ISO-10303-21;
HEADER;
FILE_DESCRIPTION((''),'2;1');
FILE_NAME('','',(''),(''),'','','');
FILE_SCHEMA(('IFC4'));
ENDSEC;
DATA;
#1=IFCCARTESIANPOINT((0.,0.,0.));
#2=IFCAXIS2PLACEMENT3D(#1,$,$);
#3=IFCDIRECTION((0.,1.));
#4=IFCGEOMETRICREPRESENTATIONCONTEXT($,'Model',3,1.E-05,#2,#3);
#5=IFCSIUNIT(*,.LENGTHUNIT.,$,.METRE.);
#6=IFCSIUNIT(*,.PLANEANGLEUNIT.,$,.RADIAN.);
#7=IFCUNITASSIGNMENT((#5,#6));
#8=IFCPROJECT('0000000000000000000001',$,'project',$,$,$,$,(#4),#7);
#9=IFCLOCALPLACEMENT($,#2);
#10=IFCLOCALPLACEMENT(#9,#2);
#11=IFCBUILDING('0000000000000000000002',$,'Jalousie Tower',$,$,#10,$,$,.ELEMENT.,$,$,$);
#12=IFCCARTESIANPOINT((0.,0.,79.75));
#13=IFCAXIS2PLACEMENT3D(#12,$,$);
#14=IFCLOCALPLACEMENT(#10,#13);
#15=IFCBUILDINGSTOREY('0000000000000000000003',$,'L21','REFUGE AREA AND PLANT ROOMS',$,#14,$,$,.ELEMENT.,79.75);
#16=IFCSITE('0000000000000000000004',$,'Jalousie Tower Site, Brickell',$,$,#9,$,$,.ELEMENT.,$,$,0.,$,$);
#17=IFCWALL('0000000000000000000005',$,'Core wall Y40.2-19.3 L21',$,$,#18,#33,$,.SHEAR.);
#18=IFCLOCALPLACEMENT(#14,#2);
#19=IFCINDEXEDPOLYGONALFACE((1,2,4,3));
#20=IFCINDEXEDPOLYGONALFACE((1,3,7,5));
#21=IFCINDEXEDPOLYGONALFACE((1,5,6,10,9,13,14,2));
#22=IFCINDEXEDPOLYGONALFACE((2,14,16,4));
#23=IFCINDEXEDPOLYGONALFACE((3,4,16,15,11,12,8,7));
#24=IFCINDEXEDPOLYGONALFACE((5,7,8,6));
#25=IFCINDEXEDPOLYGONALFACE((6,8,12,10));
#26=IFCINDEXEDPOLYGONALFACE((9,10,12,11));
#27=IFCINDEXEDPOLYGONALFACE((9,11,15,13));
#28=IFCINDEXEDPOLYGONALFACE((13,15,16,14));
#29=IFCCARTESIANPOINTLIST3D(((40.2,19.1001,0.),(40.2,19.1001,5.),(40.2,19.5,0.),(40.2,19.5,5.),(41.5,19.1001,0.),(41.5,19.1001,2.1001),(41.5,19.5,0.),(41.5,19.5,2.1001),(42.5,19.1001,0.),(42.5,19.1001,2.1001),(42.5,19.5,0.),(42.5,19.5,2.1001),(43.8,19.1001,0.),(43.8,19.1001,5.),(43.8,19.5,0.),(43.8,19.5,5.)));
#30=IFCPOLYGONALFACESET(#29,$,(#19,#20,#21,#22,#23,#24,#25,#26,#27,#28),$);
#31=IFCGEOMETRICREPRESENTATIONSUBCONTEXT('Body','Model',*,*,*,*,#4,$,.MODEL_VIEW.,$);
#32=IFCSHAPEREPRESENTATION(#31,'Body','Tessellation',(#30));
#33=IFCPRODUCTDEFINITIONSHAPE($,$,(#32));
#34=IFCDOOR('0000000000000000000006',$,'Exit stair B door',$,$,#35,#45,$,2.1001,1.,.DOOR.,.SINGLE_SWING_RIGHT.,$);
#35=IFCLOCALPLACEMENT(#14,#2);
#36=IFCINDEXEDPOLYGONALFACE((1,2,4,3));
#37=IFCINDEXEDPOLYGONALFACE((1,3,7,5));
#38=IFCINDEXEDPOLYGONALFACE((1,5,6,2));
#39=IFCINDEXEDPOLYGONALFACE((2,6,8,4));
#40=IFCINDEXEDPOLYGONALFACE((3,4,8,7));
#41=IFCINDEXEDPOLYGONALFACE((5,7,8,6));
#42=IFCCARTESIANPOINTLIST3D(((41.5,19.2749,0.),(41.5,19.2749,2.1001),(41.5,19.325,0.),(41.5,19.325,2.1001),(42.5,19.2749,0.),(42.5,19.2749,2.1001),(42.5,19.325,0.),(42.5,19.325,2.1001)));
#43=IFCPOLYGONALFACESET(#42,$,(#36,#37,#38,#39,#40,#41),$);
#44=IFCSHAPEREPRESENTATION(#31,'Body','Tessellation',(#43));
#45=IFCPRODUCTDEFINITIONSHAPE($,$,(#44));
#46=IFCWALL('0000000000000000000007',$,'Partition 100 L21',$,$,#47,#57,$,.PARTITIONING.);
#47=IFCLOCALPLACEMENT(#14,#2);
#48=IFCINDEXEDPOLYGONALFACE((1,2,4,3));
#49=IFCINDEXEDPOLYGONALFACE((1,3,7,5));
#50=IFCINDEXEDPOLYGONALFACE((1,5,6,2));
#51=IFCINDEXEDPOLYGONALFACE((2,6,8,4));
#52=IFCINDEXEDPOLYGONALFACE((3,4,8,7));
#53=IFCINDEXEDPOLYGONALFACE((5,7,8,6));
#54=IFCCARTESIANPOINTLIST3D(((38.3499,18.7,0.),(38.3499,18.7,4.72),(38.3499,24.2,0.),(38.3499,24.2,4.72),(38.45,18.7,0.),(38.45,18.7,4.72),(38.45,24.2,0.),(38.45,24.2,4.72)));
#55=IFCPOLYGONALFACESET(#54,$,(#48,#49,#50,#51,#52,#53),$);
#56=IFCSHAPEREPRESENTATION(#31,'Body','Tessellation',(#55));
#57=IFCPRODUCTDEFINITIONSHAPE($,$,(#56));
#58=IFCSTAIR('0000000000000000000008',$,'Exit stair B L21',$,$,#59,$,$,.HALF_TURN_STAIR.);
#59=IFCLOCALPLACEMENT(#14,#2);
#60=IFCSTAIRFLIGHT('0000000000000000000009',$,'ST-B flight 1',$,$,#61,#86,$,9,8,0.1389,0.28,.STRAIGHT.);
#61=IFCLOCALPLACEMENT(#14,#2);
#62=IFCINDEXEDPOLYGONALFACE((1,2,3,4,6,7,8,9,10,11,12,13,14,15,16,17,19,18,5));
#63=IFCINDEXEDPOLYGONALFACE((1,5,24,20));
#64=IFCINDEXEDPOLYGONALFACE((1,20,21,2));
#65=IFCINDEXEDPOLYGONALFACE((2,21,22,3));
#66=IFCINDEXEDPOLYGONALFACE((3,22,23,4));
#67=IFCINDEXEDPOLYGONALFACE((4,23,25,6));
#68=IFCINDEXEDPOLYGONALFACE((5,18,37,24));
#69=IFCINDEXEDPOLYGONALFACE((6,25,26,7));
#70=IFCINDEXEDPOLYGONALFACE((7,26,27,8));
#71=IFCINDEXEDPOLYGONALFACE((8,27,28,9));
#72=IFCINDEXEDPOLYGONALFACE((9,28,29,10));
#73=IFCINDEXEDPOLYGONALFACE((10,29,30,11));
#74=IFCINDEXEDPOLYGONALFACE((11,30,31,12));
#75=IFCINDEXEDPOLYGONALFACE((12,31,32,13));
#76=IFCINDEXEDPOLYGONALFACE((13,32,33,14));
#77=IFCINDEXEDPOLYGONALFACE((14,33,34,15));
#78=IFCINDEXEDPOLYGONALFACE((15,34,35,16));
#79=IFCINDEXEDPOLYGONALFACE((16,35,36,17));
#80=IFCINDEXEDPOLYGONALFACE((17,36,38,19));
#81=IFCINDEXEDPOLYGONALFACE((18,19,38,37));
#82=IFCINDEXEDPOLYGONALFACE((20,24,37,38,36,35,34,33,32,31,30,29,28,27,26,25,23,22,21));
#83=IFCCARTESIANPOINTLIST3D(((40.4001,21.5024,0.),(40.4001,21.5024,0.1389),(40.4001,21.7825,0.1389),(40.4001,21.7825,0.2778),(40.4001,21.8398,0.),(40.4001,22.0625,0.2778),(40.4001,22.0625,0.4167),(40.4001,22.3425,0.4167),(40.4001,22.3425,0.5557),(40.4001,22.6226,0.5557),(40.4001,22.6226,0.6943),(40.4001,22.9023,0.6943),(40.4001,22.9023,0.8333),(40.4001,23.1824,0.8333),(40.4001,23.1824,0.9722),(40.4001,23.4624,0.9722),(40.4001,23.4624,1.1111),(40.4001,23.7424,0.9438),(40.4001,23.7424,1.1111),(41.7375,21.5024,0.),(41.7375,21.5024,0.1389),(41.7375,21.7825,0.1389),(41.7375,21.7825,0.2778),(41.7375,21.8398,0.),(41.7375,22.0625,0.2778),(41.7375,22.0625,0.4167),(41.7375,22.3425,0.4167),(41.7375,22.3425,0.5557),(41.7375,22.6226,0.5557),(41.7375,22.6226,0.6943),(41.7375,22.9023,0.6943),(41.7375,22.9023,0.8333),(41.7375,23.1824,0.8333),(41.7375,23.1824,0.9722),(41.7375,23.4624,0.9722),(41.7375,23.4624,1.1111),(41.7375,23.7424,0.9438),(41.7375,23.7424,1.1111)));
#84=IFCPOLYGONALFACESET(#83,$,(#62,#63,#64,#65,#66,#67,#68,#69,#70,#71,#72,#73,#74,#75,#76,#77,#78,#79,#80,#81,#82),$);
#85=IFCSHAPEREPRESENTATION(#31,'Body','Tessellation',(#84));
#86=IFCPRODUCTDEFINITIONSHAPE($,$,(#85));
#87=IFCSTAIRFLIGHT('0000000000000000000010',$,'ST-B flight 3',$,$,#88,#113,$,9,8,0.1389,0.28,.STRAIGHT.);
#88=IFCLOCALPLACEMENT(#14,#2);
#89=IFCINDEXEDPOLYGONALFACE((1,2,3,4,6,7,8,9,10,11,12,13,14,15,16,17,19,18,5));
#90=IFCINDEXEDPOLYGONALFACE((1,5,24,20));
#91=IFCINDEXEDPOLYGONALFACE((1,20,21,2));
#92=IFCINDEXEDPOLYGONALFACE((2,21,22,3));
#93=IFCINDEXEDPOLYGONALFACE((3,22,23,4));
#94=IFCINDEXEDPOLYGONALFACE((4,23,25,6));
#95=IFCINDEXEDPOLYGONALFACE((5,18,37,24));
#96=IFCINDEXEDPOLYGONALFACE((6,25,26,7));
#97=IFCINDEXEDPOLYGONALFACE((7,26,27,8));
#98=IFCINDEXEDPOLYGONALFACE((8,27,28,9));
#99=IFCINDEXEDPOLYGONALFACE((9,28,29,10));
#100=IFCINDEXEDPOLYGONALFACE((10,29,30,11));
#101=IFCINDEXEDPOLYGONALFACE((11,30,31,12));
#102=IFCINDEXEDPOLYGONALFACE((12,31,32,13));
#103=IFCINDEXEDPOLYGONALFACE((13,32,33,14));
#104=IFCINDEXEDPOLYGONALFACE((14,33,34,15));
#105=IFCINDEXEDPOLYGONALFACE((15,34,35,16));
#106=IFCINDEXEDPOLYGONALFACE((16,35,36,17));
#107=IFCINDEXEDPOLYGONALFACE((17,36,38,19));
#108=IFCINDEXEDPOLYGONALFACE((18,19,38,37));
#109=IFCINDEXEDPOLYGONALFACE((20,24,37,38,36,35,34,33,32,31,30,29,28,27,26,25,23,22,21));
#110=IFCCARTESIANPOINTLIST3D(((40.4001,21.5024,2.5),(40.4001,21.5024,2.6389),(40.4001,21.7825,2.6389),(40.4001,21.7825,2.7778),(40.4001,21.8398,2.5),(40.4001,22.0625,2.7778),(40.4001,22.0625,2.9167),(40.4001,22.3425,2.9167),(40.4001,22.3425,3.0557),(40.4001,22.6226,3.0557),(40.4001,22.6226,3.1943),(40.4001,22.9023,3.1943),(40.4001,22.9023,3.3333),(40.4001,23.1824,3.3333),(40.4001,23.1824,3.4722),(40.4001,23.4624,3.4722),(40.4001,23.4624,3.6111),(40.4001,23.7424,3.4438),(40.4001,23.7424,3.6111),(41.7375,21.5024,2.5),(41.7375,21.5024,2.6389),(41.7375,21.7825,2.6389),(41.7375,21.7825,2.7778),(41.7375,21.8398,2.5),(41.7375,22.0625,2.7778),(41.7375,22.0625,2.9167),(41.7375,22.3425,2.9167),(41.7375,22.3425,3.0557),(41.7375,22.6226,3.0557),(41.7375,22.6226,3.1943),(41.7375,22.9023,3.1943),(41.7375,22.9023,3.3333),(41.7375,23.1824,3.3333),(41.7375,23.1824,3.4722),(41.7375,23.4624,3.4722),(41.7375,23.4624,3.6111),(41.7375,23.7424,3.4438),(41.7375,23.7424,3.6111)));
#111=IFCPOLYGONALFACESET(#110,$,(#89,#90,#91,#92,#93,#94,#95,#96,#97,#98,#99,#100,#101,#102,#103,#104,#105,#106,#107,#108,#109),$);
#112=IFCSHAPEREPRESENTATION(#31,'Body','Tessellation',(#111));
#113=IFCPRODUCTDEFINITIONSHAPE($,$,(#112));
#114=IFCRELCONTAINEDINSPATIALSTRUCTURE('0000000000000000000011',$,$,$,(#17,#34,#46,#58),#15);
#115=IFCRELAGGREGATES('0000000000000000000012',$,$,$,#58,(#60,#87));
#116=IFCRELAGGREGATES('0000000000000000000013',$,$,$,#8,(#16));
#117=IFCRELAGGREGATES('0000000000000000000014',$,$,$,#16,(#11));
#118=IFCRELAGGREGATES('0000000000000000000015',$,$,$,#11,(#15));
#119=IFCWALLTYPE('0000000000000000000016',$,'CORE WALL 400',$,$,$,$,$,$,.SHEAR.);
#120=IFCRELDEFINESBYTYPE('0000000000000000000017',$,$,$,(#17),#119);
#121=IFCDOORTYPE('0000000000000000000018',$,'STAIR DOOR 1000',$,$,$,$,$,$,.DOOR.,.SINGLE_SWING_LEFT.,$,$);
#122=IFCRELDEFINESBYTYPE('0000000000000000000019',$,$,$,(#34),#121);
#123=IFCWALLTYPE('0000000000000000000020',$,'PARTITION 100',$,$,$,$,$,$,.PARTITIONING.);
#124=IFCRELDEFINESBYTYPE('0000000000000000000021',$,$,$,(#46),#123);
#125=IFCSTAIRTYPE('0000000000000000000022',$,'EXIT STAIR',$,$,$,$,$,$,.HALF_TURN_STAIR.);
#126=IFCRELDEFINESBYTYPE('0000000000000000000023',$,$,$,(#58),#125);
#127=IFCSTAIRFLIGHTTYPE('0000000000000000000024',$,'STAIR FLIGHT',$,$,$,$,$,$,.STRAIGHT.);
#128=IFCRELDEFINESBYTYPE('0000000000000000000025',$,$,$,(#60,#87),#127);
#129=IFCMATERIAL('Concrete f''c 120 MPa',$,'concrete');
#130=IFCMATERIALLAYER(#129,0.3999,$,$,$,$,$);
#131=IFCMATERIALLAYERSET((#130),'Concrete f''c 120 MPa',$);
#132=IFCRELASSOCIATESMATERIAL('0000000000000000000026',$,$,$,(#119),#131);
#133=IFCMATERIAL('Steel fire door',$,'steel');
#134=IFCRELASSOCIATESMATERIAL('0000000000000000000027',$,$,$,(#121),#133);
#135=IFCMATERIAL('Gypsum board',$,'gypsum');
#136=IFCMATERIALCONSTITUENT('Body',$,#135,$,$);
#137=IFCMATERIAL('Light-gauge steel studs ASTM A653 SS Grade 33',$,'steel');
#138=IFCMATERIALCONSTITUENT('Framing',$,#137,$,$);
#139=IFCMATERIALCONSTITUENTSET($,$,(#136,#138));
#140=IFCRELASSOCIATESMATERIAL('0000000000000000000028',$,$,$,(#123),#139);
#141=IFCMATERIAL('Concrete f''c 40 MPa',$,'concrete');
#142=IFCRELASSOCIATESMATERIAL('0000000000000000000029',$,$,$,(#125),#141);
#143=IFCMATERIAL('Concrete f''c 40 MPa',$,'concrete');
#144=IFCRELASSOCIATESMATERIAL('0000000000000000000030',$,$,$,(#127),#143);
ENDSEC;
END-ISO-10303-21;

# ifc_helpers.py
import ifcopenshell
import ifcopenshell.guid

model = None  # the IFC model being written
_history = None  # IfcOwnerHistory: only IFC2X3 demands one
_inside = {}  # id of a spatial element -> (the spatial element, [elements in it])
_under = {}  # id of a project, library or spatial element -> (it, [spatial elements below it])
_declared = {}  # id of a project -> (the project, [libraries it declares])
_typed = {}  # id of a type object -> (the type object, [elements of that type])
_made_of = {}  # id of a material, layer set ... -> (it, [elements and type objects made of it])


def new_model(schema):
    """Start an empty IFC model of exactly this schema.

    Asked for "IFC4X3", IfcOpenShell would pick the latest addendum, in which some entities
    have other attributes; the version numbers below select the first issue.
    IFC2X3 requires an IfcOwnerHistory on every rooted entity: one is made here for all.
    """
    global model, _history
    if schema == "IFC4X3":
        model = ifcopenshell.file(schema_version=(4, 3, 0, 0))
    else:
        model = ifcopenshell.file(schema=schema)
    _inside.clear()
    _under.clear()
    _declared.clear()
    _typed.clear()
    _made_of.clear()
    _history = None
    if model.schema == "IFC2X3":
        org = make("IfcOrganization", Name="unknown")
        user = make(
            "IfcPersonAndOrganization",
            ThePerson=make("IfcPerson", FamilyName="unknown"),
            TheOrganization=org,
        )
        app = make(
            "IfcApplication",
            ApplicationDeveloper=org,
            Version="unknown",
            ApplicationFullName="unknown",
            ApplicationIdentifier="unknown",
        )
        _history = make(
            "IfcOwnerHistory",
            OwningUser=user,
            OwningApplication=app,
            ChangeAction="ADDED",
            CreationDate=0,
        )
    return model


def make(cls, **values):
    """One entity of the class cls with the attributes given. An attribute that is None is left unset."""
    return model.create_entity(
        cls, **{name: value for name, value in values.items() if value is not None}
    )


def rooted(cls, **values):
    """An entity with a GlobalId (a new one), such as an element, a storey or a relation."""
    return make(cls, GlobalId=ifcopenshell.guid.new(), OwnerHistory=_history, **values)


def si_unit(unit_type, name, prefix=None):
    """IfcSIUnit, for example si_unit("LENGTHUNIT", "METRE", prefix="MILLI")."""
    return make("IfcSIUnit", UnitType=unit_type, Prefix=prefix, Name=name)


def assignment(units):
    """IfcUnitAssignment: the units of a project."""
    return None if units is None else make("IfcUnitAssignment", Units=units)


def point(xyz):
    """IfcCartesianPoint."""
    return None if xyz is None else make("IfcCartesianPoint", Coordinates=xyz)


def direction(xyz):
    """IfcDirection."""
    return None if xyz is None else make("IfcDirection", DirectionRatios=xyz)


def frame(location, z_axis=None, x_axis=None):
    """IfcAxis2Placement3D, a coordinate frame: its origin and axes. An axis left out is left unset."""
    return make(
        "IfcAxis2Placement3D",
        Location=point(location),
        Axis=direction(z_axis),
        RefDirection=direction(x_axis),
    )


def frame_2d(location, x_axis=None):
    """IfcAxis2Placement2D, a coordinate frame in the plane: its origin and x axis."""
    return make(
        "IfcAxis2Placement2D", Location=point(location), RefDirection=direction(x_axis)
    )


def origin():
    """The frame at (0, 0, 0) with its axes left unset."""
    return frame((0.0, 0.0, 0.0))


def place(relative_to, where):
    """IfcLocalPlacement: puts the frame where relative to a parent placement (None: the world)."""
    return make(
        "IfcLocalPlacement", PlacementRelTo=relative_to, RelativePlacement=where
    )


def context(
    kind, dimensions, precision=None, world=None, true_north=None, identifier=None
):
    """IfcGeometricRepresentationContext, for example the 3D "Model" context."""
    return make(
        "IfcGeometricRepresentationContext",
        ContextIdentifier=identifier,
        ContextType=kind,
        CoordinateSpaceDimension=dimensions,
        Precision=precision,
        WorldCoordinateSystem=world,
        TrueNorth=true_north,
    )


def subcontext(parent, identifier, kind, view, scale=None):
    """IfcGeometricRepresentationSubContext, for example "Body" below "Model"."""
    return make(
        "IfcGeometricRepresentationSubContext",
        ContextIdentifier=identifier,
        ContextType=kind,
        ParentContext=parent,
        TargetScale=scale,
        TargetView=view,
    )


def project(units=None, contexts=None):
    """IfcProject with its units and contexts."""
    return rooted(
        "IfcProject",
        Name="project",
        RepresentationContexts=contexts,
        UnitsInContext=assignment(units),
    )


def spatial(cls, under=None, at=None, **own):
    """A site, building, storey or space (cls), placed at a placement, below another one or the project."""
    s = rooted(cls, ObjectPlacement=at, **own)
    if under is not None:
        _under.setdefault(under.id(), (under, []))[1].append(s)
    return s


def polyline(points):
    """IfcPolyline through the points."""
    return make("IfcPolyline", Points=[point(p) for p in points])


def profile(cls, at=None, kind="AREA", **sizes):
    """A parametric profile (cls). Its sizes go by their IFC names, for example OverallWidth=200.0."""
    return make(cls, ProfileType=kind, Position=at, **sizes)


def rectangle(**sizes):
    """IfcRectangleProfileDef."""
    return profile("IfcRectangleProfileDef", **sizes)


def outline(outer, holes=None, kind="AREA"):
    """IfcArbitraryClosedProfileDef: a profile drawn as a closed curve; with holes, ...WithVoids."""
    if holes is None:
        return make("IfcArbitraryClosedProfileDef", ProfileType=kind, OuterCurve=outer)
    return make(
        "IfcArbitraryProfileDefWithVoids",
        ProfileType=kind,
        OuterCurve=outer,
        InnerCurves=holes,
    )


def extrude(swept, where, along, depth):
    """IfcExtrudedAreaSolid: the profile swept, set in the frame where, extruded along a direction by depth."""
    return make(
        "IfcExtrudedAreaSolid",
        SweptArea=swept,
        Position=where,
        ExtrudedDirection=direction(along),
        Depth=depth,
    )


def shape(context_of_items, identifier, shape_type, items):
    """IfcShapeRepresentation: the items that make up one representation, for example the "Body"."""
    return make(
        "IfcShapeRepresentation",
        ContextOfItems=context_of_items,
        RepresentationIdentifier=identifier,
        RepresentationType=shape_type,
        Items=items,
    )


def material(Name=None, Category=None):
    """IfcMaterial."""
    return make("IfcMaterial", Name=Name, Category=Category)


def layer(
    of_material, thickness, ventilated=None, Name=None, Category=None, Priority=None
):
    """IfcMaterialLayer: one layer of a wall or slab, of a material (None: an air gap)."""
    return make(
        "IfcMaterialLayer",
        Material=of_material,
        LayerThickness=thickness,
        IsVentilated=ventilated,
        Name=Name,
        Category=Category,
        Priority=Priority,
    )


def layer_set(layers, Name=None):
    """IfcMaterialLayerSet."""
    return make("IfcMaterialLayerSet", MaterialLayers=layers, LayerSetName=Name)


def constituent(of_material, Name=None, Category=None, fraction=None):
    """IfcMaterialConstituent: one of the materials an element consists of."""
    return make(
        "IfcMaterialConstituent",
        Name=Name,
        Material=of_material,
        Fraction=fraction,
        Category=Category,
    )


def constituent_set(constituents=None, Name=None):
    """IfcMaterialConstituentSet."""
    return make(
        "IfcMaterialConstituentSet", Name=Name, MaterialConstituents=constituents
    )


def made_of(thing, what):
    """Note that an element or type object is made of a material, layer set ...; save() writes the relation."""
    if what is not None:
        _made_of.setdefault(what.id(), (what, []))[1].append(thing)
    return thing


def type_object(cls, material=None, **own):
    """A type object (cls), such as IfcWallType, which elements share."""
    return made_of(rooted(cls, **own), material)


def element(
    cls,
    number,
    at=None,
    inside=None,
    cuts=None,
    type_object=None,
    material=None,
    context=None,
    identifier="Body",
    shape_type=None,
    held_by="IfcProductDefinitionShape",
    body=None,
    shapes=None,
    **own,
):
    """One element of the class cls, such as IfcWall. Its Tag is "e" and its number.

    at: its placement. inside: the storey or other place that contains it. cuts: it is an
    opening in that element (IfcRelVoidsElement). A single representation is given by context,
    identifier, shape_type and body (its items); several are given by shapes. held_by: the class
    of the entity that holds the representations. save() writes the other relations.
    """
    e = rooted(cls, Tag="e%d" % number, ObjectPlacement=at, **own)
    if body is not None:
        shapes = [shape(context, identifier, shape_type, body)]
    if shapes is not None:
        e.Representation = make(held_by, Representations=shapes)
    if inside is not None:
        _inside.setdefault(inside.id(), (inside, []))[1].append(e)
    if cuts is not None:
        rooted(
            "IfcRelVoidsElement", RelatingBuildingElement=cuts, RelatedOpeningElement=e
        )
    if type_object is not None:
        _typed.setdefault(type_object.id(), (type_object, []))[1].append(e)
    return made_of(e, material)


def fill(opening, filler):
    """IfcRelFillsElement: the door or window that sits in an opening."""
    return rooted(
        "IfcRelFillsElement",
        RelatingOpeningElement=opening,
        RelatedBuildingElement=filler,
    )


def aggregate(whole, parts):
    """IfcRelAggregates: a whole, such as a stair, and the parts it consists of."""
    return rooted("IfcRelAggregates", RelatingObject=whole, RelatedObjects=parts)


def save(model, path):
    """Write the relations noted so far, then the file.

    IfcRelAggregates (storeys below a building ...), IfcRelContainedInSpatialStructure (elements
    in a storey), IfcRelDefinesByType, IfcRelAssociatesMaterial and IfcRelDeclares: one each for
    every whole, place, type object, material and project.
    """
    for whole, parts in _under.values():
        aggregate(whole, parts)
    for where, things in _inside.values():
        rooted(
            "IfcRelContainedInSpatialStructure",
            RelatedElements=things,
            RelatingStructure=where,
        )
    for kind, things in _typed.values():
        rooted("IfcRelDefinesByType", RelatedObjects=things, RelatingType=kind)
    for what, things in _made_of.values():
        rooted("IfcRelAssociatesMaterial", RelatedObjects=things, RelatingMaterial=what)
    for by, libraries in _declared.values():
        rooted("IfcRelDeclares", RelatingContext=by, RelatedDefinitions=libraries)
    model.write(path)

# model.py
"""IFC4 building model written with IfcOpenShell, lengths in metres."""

from ifc_helpers import new_model, si_unit, direction, frame, frame_2d, origin, place, context, subcontext, project, spatial, polyline, rectangle, outline, extrude, material, layer, layer_set, constituent, constituent_set, type_object, element, fill, aggregate, save


model = new_model("IFC4")

# Units and contexts
model_context = context("Model", 3, precision=1e-05, world=origin(), true_north=direction((0.0, 1.0)))
body_context = subcontext(model_context, "Body", "Model", "MODEL_VIEW")
ifc_project = project(units=[si_unit("LENGTHUNIT", "METRE"), si_unit("PLANEANGLEUNIT", "RADIAN")], contexts=[model_context])

# Site, building, storey
site_placement = place(None, origin())
site = spatial("IfcSite", under=ifc_project, at=site_placement, Name="Jalousie Tower Site, Brickell", CompositionType="ELEMENT", RefElevation=0.0)
building_placement = place(site_placement, origin())
building = spatial("IfcBuilding", under=site, at=building_placement, Name="Jalousie Tower", CompositionType="ELEMENT")
storey_placement = place(building_placement, frame((0.0, 0.0, 79.75)))
storey = spatial("IfcBuildingStorey", under=building, at=storey_placement, Name="L21", Description="REFUGE AREA AND PLANT ROOMS", CompositionType="ELEMENT", Elevation=79.75)

# Shared definitions
ifc_material_1 = material(Name="Concrete f'c 120 MPa", Category="concrete")
ifc_layer = layer(ifc_material_1, 0.3999)
ifc_layer_set = layer_set([ifc_layer], Name="Concrete f'c 120 MPa")
wall_type_1 = type_object("IfcWallType", Name="CORE WALL 400", PredefinedType="SHEAR", material=ifc_layer_set)

# Wall, opening, door
wall_1_placement = place(storey_placement, frame((40.2, 19.3, 0.0), z_axis=(0.0, 0.0, 1.0), x_axis=(1.0, 0.0, 0.0)))
wall_1 = element("IfcWall", 1, at=wall_1_placement, inside=storey, type_object=wall_type_1, Name="Core wall Y40.2-19.3 L21", PredefinedType="SHEAR", context=body_context, shape_type="SweptSolid", body=[
    extrude(rectangle(XDim=3.6001, YDim=0.3999, at=frame_2d((1.8, 0.0))), origin(), (0.0, 0.0, 1.0), 5.0),
])
opening_1_placement = place(wall_1_placement, frame((1.3, 0.0, 0.0)))
opening_1 = element("IfcOpeningElement", 2, at=opening_1_placement, cuts=wall_1, PredefinedType="OPENING", context=body_context, shape_type="SweptSolid", body=[
    extrude(rectangle(XDim=1.0, YDim=2.1001, at=frame_2d((0.5, 1.05))), frame((0.0, 0.21, 0.0), z_axis=(0.0, -1.0, 0.0), x_axis=(1.0, 0.0, 0.0)), (0.0, 0.0, 1.0), 0.4199),
])
ifc_material_2 = material(Name="Steel fire door", Category="steel")
door_type_1 = type_object("IfcDoorType", Name="STAIR DOOR 1000", OperationType="SINGLE_SWING_LEFT", PredefinedType="DOOR", material=ifc_material_2)
door_1_placement = place(opening_1_placement, origin())
door_1 = element("IfcDoor", 3, at=door_1_placement, inside=storey, type_object=door_type_1, Name="Exit stair B door", OperationType="SINGLE_SWING_RIGHT", OverallHeight=2.1001, OverallWidth=1.0, PredefinedType="DOOR", context=body_context, shape_type="SweptSolid", body=[
    extrude(rectangle(XDim=1.0, YDim=2.1001, at=frame_2d((0.5, 1.05))), frame((0.0, 0.0249, 0.0), z_axis=(0.0, -1.0, 0.0), x_axis=(1.0, 0.0, 0.0)), (0.0, 0.0, 1.0), 0.05),
])
fill(opening_1, door_1)

# Wall
ifc_material_3 = material(Name="Gypsum board", Category="gypsum")
ifc_constituent_1 = constituent(ifc_material_3, Name="Body")
ifc_material_4 = material(Name="Light-gauge steel studs ASTM A653 SS Grade 33", Category="steel")
ifc_constituent_2 = constituent(ifc_material_4, Name="Framing")
ifc_constituent_set_1 = constituent_set(constituents=[ifc_constituent_1, ifc_constituent_2])
wall_type_2 = type_object("IfcWallType", Name="PARTITION 100", PredefinedType="PARTITIONING", material=ifc_constituent_set_1)
wall_2_placement = place(storey_placement, frame((38.3999, 18.7, 0.0), z_axis=(0.0, 0.0, 1.0), x_axis=(0.0, 1.0, 0.0)))
element("IfcWall", 4, at=wall_2_placement, inside=storey, type_object=wall_type_2, Name="Partition 100 L21", PredefinedType="PARTITIONING", context=body_context, shape_type="SweptSolid", body=[
    extrude(rectangle(XDim=5.5, YDim=0.1001, at=frame_2d((2.75, 0.0))), origin(), (0.0, 0.0, 1.0), 4.72),
])

# Stair, stair flights
ifc_material_5 = material(Name="Concrete f'c 40 MPa", Category="concrete")
stair_type = type_object("IfcStairType", Name="EXIT STAIR", PredefinedType="HALF_TURN_STAIR", material=ifc_material_5)
stair_placement = place(storey_placement, origin())
stair = element("IfcStair", 5, at=stair_placement, inside=storey, type_object=stair_type, Name="Exit stair B L21", PredefinedType="HALF_TURN_STAIR")
ifc_material_6 = material(Name="Concrete f'c 40 MPa", Category="concrete")
stair_flight_type = type_object("IfcStairFlightType", Name="STAIR FLIGHT", PredefinedType="STRAIGHT", material=ifc_material_6)
stair_flight_1_placement = place(storey_placement, frame((41.0688, 21.5024, 0.0), z_axis=(0.0, 0.0, 1.0), x_axis=(0.0, 1.0, 0.0)))
stair_flight_1 = element("IfcStairFlight", 6, at=stair_flight_1_placement, type_object=stair_flight_type, Name="ST-B flight 1", NumberOfRisers=9, NumberOfTreads=8, PredefinedType="STRAIGHT", RiserHeight=0.1389, TreadLength=0.28, context=body_context, shape_type="SweptSolid", body=[
    extrude(outline(polyline([(0.0, 0.0), (0.0, 0.1389), (0.28, 0.1389), (0.28, 0.2778), (0.5601, 0.2778), (0.5601, 0.4167), (0.8401, 0.4167), (0.8401, 0.5557), (1.1201, 0.5557), (1.1201, 0.6943), (1.3999, 0.6943), (1.3999, 0.8333), (1.6799, 0.8333), (1.6799, 0.9722), (1.96, 0.9722), (1.96, 1.1111), (2.24, 1.1111), (2.24, 1.25), (2.24, 0.9438), (0.3374, 0.0), (0.0, 0.0)])), frame((0.0, 0.6687, 0.0), z_axis=(0.0, -1.0, 0.0), x_axis=(1.0, 0.0, 0.0)), (0.0, 0.0, 1.0), 1.3374),
])
stair_flight_2_placement = place(storey_placement, frame((41.0688, 21.5024, 2.5), z_axis=(0.0, 0.0, 1.0), x_axis=(0.0, 1.0, 0.0)))
stair_flight_2 = element("IfcStairFlight", 7, at=stair_flight_2_placement, type_object=stair_flight_type, Name="ST-B flight 3", NumberOfRisers=9, NumberOfTreads=8, PredefinedType="STRAIGHT", RiserHeight=0.1389, TreadLength=0.28, context=body_context, shape_type="SweptSolid", body=[
    extrude(outline(polyline([(0.0, 0.0), (0.0, 0.1389), (0.28, 0.1389), (0.28, 0.2778), (0.5601, 0.2778), (0.5601, 0.4167), (0.8401, 0.4167), (0.8401, 0.5557), (1.1201, 0.5557), (1.1201, 0.6943), (1.3999, 0.6943), (1.3999, 0.8333), (1.6799, 0.8333), (1.6799, 0.9722), (1.96, 0.9722), (1.96, 1.1111), (2.24, 1.1111), (2.24, 1.25), (2.24, 0.9438), (0.3374, 0.0), (0.0, 0.0)])), frame((0.0, 0.6687, 0.0), z_axis=(0.0, -1.0, 0.0), x_axis=(1.0, 0.0, 0.0)), (0.0, 0.0, 1.0), 1.3374),
])
aggregate(stair, [stair_flight_1, stair_flight_2])

save(model, "model.ifc")
